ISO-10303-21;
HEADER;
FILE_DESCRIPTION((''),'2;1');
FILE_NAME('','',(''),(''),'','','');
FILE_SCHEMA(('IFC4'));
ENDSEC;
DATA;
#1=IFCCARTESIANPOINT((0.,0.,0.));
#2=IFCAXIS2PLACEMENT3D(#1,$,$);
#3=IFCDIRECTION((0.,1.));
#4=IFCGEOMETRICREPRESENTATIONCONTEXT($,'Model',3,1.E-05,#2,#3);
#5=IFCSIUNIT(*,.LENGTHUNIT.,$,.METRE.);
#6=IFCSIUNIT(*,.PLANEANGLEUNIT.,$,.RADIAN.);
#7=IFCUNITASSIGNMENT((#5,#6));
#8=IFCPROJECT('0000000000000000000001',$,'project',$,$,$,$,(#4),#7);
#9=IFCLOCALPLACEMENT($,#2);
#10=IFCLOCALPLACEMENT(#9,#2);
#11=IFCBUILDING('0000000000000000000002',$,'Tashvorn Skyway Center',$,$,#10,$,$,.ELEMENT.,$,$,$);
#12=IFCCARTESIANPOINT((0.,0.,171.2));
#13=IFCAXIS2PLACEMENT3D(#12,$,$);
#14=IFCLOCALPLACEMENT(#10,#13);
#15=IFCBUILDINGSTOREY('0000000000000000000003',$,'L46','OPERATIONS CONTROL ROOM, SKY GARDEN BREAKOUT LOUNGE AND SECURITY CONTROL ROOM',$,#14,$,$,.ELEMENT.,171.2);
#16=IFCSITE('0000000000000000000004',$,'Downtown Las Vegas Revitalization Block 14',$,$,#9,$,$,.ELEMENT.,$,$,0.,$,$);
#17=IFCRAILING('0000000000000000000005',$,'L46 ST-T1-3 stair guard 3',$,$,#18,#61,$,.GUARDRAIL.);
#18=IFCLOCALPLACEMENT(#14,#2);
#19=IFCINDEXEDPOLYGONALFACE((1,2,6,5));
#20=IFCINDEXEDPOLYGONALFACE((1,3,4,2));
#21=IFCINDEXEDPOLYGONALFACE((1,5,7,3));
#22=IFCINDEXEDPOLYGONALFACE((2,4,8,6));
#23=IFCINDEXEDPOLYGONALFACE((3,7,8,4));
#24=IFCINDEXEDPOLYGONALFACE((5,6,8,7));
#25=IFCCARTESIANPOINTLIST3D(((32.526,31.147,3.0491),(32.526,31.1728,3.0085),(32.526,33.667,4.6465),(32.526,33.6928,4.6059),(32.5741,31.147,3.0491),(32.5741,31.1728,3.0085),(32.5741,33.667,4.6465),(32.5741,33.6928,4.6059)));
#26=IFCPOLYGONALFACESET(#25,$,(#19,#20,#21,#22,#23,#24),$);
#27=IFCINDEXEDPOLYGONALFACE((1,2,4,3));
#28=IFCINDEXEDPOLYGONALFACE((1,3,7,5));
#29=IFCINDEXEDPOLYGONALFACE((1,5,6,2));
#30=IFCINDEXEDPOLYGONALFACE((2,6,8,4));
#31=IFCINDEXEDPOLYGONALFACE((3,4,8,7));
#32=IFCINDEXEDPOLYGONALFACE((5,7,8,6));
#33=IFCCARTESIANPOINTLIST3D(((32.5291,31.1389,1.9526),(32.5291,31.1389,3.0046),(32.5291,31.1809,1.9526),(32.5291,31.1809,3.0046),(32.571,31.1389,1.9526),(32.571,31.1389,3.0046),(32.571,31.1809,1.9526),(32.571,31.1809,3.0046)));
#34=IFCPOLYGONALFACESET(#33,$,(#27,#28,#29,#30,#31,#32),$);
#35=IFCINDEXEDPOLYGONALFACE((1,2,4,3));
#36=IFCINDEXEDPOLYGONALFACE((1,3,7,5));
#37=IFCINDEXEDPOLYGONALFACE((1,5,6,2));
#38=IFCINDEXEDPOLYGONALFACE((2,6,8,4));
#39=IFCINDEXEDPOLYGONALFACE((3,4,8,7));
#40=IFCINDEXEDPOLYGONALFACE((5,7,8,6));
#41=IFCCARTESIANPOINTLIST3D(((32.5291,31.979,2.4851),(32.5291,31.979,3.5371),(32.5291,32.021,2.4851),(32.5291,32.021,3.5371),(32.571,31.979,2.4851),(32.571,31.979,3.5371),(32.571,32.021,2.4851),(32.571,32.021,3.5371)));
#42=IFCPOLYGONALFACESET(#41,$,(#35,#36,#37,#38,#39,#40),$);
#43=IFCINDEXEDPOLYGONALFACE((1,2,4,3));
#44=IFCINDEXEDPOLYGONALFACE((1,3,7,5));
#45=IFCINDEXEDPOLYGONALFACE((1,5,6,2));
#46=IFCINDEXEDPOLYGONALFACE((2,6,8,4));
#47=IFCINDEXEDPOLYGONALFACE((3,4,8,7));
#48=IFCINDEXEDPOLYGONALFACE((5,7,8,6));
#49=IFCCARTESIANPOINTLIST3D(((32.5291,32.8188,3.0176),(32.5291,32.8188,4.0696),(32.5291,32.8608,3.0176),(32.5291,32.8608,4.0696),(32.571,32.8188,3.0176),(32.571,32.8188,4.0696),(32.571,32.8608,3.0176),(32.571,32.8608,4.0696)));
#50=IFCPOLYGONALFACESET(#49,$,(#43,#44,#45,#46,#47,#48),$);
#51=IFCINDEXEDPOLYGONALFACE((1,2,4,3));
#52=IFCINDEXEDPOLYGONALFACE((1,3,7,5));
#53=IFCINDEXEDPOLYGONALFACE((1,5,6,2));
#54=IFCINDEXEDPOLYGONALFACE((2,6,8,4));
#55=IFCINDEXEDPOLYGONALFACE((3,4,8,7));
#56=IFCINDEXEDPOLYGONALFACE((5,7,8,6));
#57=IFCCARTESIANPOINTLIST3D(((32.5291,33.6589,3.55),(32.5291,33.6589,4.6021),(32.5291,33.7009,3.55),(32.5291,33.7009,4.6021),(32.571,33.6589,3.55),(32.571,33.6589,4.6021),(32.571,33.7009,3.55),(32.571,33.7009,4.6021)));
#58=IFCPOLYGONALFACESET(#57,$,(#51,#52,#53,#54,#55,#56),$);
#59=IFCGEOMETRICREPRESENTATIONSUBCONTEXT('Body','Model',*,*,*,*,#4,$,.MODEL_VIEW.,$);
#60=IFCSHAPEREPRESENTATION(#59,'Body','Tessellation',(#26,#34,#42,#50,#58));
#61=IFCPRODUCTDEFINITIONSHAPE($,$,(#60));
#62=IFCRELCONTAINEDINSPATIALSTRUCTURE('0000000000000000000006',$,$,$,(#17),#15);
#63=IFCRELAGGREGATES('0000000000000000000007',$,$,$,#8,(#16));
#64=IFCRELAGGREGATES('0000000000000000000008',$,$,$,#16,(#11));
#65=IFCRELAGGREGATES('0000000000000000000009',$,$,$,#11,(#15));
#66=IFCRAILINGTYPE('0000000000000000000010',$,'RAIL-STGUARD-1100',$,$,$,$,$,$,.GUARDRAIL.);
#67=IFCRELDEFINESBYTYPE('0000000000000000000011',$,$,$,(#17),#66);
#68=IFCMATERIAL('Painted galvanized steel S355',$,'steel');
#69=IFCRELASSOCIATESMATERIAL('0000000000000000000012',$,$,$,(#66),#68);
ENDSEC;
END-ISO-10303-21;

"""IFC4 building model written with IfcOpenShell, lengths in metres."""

from ifc_helpers import new_model, si_unit, direction, frame, origin, origin_2d, place, context, subcontext, project, spatial, rectangle, extrude, material, type_object, element, save


model = new_model("IFC4")

# Units and contexts
model_context = context("Model", 3, precision=1e-05, world=origin(), true_north=direction((0.0, 1.0)))
body_context = subcontext(model_context, "Body", "Model", "MODEL_VIEW")
ifc_project = project(units=[si_unit("LENGTHUNIT", "METRE"), si_unit("PLANEANGLEUNIT", "RADIAN")], contexts=[model_context])

# Site, building, storey
site_placement = place(None, origin())
site = spatial("IfcSite", under=ifc_project, at=site_placement, Name="Downtown Las Vegas Revitalization Block 14", CompositionType="ELEMENT", RefElevation=0.0)
building_placement = place(site_placement, origin())
building = spatial("IfcBuilding", under=site, at=building_placement, Name="Tashvorn Skyway Center", CompositionType="ELEMENT")
storey_placement = place(building_placement, frame((0.0, 0.0, 171.2)))
storey = spatial("IfcBuildingStorey", under=building, at=storey_placement, Name="L46", Description="OPERATIONS CONTROL ROOM, SKY GARDEN BREAKOUT LOUNGE AND SECURITY CONTROL ROOM", CompositionType="ELEMENT", Elevation=171.2)

# Railing
ifc_material_1 = material(Name="Painted galvanized steel S355", Category="steel")
railing_type = type_object("IfcRailingType", Name="RAIL-STGUARD-1100", PredefinedType="GUARDRAIL", material=ifc_material_1)
railing_1_placement = place(storey_placement, frame((32.55, 31.1599, 1.9526)))
element("IfcRailing", 1, at=railing_1_placement, inside=storey, type_object=railing_type, Name="L46 ST-T1-3 stair guard 3", PredefinedType="GUARDRAIL", context=body_context, shape_type="SweptSolid", body=[
    extrude(rectangle(XDim=0.0481, YDim=0.0481, at=origin_2d()), frame((0.0, 0.0, 1.0762), z_axis=(0.0, 0.844607, 0.535387), x_axis=(-1.0, 0.0, 0.0)), (0.0, 0.0, 1.0), 2.9836),
    extrude(rectangle(XDim=0.042, YDim=0.042, at=origin_2d()), origin(), (0.0, 0.0, 1.0), 1.052),
    extrude(rectangle(XDim=0.042, YDim=0.042, at=origin_2d()), frame((0.0, 0.8401, 0.5325)), (0.0, 0.0, 1.0), 1.052),
    extrude(rectangle(XDim=0.042, YDim=0.042, at=origin_2d()), frame((0.0, 1.6799, 1.0649)), (0.0, 0.0, 1.0), 1.052),
    extrude(rectangle(XDim=0.042, YDim=0.042, at=origin_2d()), frame((0.0, 2.52, 1.5974)), (0.0, 0.0, 1.0), 1.052),
])

save(model, "model.ifc")
